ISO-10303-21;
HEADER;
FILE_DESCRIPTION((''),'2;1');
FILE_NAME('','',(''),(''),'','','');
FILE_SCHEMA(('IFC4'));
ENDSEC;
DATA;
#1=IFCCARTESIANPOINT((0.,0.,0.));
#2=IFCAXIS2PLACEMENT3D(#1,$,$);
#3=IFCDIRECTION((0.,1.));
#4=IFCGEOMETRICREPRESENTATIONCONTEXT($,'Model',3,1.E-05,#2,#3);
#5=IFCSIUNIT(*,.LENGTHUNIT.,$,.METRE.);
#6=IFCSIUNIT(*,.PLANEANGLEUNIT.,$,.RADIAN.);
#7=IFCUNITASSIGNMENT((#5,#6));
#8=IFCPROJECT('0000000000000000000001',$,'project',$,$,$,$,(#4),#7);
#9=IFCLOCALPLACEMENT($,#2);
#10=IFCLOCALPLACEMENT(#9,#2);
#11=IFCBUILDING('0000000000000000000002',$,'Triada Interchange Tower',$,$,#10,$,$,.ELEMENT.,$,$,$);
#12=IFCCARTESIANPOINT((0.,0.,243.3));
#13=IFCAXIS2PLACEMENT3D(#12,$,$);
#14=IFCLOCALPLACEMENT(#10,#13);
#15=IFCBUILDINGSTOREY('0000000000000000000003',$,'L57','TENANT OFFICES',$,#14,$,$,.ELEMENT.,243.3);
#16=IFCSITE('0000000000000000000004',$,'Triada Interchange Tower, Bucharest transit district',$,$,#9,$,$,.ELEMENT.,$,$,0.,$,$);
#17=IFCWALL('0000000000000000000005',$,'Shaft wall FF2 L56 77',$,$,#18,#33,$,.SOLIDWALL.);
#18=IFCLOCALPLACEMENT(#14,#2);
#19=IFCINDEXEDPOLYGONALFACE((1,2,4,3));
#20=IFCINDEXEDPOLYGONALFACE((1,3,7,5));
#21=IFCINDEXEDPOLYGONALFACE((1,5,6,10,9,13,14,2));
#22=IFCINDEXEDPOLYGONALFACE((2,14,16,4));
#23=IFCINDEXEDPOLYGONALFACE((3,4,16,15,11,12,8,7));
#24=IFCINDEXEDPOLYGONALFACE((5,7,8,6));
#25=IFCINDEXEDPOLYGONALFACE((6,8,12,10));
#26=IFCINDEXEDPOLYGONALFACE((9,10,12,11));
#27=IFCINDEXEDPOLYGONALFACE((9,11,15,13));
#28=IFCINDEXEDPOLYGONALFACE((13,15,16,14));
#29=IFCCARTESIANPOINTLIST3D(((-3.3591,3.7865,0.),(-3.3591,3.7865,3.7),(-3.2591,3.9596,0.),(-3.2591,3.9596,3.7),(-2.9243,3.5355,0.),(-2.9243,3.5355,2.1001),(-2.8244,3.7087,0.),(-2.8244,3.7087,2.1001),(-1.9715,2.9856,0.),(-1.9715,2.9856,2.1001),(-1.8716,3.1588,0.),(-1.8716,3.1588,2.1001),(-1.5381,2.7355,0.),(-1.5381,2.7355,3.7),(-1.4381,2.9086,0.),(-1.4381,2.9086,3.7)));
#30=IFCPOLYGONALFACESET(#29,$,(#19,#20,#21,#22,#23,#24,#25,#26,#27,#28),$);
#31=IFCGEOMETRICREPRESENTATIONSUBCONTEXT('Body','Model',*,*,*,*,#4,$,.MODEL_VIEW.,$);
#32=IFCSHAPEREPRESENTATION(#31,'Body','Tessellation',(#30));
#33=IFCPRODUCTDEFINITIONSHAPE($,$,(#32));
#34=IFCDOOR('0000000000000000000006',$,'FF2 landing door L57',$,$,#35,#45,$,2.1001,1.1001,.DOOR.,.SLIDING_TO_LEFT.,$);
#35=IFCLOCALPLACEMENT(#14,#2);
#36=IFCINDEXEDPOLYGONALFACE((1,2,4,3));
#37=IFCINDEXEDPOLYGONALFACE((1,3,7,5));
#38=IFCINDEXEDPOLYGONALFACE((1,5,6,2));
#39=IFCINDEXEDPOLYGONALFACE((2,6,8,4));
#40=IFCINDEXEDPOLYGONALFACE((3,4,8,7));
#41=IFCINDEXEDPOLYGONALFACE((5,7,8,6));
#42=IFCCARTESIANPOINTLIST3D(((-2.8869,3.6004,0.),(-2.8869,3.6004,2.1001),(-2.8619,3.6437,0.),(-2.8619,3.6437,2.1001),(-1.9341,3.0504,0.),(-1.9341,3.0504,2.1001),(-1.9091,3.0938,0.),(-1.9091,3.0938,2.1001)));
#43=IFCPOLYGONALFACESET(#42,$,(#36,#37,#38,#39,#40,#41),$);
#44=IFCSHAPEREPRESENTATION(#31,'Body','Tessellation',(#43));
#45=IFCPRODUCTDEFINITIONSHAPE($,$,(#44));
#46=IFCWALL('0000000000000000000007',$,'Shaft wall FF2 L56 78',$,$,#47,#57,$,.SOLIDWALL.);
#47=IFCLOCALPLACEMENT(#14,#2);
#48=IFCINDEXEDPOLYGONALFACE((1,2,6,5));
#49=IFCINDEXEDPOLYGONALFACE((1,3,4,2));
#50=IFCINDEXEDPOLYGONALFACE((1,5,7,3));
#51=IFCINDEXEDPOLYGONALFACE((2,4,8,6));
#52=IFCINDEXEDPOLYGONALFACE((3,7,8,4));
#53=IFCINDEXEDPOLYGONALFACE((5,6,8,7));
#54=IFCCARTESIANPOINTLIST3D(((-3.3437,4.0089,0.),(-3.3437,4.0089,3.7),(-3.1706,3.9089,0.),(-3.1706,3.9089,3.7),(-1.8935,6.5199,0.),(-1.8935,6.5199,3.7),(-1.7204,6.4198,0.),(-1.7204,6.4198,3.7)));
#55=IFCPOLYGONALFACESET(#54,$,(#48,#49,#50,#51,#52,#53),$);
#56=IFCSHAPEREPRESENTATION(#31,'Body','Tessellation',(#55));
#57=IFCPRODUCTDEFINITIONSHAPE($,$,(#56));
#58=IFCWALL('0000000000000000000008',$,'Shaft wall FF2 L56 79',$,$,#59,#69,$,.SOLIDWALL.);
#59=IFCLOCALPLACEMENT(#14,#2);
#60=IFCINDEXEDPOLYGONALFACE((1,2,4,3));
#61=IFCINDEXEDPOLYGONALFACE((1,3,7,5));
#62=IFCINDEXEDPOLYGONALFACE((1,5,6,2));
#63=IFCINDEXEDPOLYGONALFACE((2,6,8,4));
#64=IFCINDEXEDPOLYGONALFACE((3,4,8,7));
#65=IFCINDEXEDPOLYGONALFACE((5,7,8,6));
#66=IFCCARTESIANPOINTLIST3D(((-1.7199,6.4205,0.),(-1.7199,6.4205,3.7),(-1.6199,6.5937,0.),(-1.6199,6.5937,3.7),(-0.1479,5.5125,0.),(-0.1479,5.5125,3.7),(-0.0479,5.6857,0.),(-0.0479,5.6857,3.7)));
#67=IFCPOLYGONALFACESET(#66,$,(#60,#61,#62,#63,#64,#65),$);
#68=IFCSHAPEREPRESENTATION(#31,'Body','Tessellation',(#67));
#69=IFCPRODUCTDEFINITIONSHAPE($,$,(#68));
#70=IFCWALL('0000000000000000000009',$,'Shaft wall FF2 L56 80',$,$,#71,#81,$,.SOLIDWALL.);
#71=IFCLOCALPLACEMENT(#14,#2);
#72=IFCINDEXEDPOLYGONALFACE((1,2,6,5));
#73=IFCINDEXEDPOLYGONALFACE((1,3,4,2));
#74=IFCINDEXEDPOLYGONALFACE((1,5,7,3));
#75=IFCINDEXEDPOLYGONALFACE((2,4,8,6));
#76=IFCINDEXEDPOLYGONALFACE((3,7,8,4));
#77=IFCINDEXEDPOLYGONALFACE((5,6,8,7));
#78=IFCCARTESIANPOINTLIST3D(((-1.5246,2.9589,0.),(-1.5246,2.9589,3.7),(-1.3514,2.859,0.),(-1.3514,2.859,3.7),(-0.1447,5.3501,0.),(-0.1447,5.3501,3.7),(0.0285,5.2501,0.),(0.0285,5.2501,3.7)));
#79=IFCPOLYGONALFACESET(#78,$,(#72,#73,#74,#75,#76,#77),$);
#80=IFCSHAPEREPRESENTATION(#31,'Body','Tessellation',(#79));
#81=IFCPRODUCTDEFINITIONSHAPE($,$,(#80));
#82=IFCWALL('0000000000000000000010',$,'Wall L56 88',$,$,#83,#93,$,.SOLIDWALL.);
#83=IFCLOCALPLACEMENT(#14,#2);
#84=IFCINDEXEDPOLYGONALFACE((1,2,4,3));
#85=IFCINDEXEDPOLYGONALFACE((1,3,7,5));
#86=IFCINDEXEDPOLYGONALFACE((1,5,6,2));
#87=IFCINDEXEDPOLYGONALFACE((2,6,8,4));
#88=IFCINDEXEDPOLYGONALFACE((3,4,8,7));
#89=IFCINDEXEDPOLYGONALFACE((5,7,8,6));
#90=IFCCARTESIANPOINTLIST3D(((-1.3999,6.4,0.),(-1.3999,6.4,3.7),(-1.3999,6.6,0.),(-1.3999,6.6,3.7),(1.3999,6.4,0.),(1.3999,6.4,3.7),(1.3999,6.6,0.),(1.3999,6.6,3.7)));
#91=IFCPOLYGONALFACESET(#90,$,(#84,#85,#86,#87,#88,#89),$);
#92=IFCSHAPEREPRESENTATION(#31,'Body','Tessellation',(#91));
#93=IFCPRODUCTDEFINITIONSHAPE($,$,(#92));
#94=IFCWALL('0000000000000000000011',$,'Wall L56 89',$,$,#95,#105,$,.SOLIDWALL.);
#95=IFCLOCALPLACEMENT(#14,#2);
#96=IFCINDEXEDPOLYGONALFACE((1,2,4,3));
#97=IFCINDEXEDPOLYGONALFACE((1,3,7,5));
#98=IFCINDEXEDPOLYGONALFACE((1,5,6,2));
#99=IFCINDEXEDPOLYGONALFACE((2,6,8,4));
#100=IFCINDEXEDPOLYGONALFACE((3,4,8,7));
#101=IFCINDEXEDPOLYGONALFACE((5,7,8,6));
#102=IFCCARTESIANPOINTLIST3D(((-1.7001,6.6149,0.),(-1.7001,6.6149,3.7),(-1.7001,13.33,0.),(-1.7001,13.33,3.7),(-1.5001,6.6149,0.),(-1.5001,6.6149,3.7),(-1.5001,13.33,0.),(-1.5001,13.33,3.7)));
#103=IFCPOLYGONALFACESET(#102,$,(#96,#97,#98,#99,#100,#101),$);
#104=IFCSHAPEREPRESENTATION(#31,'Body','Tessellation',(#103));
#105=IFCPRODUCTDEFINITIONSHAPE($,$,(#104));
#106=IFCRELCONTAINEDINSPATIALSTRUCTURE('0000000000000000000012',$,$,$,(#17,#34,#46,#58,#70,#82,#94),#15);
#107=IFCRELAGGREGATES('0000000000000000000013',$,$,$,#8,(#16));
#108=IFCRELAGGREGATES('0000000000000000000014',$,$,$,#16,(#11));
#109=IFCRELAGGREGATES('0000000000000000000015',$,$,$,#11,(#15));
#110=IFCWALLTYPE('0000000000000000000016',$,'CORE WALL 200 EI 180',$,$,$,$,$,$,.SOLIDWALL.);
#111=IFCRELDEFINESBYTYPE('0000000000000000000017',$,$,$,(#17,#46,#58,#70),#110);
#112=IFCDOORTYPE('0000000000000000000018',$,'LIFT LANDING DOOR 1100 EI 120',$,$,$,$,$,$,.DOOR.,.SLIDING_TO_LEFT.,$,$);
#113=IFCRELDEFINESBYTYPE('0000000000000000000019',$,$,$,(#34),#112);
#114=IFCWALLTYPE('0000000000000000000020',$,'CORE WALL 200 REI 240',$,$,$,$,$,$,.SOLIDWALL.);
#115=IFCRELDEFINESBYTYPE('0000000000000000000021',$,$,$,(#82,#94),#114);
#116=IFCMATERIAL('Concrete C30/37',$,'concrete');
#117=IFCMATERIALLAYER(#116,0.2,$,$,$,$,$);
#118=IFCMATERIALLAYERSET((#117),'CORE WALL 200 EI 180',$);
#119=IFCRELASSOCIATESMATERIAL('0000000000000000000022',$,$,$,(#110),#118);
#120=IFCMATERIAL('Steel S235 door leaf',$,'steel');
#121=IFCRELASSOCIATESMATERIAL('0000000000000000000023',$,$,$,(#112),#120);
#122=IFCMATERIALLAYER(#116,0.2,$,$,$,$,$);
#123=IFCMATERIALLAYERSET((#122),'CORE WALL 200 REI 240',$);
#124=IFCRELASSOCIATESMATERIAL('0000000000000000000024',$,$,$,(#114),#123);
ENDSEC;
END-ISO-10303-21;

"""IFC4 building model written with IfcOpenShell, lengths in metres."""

from ifc_helpers import new_model, si_unit, direction, frame, frame_2d, origin, place, context, subcontext, project, spatial, rectangle, extrude, material, layer, layer_set, type_object, element, fill, save


model = new_model("IFC4")

# Units and contexts
model_context = context("Model", 3, precision=1e-05, world=origin(), true_north=direction((0.0, 1.0)))
body_context = subcontext(model_context, "Body", "Model", "MODEL_VIEW")
ifc_project = project(units=[si_unit("LENGTHUNIT", "METRE"), si_unit("PLANEANGLEUNIT", "RADIAN")], contexts=[model_context])

# Site, building, storey
site_placement = place(None, origin())
site = spatial("IfcSite", under=ifc_project, at=site_placement, Name="Triada Interchange Tower, Bucharest transit district", CompositionType="ELEMENT", RefElevation=0.0)
building_placement = place(site_placement, origin())
building = spatial("IfcBuilding", under=site, at=building_placement, Name="Triada Interchange Tower", CompositionType="ELEMENT")
storey_placement = place(building_placement, frame((0.0, 0.0, 243.3)))
storey = spatial("IfcBuildingStorey", under=building, at=storey_placement, Name="L57", Description="TENANT OFFICES", CompositionType="ELEMENT", Elevation=243.3)

# Shared definitions
ifc_material_1 = material(Name="Concrete C30/37", Category="concrete")
ifc_layer_1 = layer(ifc_material_1, 0.2)
ifc_layer_set_1 = layer_set([ifc_layer_1], Name="CORE WALL 200 EI 180")
wall_type_1 = type_object("IfcWallType", Name="CORE WALL 200 EI 180", PredefinedType="SOLIDWALL", material=ifc_layer_set_1)

# Shared definitions
ifc_material_2 = material(Name="Steel S235 door leaf", Category="steel")

# Wall, opening, door
door_type_1 = type_object("IfcDoorType", Name="LIFT LANDING DOOR 1100 EI 120", OperationType="SLIDING_TO_LEFT", PredefinedType="DOOR", material=ifc_material_2)
wall_1_placement = place(storey_placement, frame((-3.3091, 3.873, 0.0), z_axis=(0.0, 0.0, 1.0), x_axis=(0.866099, -0.499873, 0.0)))
wall_1 = element("IfcWall", 1, at=wall_1_placement, inside=storey, type_object=wall_type_1, Name="Shaft wall FF2 L56 77", PredefinedType="SOLIDWALL", context=body_context, shape_type="SweptSolid", body=[
    extrude(rectangle(XDim=2.1025, YDim=0.2, at=frame_2d((1.0513, 0.0))), origin(), (0.0, 0.0, 1.0), 3.7),
])
opening_1_placement = place(wall_1_placement, frame((0.502, 0.0, 0.0)))
opening_1 = element("IfcOpeningElement", 2, at=opening_1_placement, cuts=wall_1, PredefinedType="OPENING", context=body_context, shape_type="SweptSolid", body=[
    extrude(rectangle(XDim=1.1001, YDim=2.1001, at=frame_2d((0.55, 1.05))), frame((0.0, 0.1099, 0.0), z_axis=(0.0, -1.0, 0.0), x_axis=(1.0, 0.0, 0.0)), (0.0, 0.0, 1.0), 0.22),
])
door_1_placement = place(opening_1_placement, origin())
door_1 = element("IfcDoor", 3, at=door_1_placement, inside=storey, type_object=door_type_1, Name="FF2 landing door L57", OperationType="SLIDING_TO_LEFT", OverallHeight=2.1001, OverallWidth=1.1001, PredefinedType="DOOR", context=body_context, shape_type="SweptSolid", body=[
    extrude(rectangle(XDim=1.1001, YDim=2.1001, at=frame_2d((0.55, 1.05))), frame((0.0, 0.0249, 0.0), z_axis=(0.0, -1.0, 0.0), x_axis=(1.0, 0.0, 0.0)), (0.0, 0.0, 1.0), 0.05),
])
fill(opening_1, door_1)

# Walls
wall_2_placement = place(storey_placement, frame((-3.2571, 3.959, 0.0), z_axis=(0.0, 0.0, 1.0), x_axis=(0.500123, 0.865954, 0.0)))
element("IfcWall", 4, at=wall_2_placement, inside=storey, type_object=wall_type_1, Name="Shaft wall FF2 L56 78", PredefinedType="SOLIDWALL", context=body_context, shape_type="SweptSolid", body=[
    extrude(rectangle(XDim=2.8997, YDim=0.2, at=frame_2d((1.4497, 0.0))), origin(), (0.0, 0.0, 1.0), 3.7),
])
wall_3_placement = place(storey_placement, frame((-1.6699, 6.5071, 0.0), z_axis=(0.0, 0.0, 1.0), x_axis=(0.865941, -0.500145, 0.0)))
element("IfcWall", 5, at=wall_3_placement, inside=storey, type_object=wall_type_1, Name="Shaft wall FF2 L56 79", PredefinedType="SOLIDWALL", context=body_context, shape_type="SweptSolid", body=[
    extrude(rectangle(XDim=1.8154, YDim=0.2, at=frame_2d((0.9077, 0.0))), origin(), (0.0, 0.0, 1.0), 3.7),
])
wall_4_placement = place(storey_placement, frame((-1.438, 2.9089, 0.0), z_axis=(0.0, 0.0, 1.0), x_axis=(0.49983, 0.866124, 0.0)))
element("IfcWall", 6, at=wall_4_placement, inside=storey, type_object=wall_type_1, Name="Shaft wall FF2 L56 80", PredefinedType="SOLIDWALL", context=body_context, shape_type="SweptSolid", body=[
    extrude(rectangle(XDim=2.7607, YDim=0.2, at=frame_2d((1.3804, 0.0))), origin(), (0.0, 0.0, 1.0), 3.7),
])
ifc_layer_2 = layer(ifc_material_1, 0.2)
ifc_layer_set_2 = layer_set([ifc_layer_2], Name="CORE WALL 200 REI 240")
wall_type_2 = type_object("IfcWallType", Name="CORE WALL 200 REI 240", PredefinedType="SOLIDWALL", material=ifc_layer_set_2)
wall_5_placement = place(storey_placement, frame((-1.3999, 6.5, 0.0), z_axis=(0.0, 0.0, 1.0), x_axis=(1.0, 0.0, 0.0)))
element("IfcWall", 7, at=wall_5_placement, inside=storey, type_object=wall_type_2, Name="Wall L56 88", PredefinedType="SOLIDWALL", context=body_context, shape_type="SweptSolid", body=[
    extrude(rectangle(XDim=2.7998, YDim=0.2, at=frame_2d((1.3999, 0.0))), origin(), (0.0, 0.0, 1.0), 3.7),
])
wall_6_placement = place(storey_placement, frame((-1.6001, 6.615, 0.0), z_axis=(0.0, 0.0, 1.0), x_axis=(0.0, 1.0, 0.0)))
element("IfcWall", 8, at=wall_6_placement, inside=storey, type_object=wall_type_2, Name="Wall L56 89", PredefinedType="SOLIDWALL", context=body_context, shape_type="SweptSolid", body=[
    extrude(rectangle(XDim=6.7151, YDim=0.2, at=frame_2d((3.3574, 0.0))), origin(), (0.0, 0.0, 1.0), 3.7),
])

save(model, "model.ifc")
